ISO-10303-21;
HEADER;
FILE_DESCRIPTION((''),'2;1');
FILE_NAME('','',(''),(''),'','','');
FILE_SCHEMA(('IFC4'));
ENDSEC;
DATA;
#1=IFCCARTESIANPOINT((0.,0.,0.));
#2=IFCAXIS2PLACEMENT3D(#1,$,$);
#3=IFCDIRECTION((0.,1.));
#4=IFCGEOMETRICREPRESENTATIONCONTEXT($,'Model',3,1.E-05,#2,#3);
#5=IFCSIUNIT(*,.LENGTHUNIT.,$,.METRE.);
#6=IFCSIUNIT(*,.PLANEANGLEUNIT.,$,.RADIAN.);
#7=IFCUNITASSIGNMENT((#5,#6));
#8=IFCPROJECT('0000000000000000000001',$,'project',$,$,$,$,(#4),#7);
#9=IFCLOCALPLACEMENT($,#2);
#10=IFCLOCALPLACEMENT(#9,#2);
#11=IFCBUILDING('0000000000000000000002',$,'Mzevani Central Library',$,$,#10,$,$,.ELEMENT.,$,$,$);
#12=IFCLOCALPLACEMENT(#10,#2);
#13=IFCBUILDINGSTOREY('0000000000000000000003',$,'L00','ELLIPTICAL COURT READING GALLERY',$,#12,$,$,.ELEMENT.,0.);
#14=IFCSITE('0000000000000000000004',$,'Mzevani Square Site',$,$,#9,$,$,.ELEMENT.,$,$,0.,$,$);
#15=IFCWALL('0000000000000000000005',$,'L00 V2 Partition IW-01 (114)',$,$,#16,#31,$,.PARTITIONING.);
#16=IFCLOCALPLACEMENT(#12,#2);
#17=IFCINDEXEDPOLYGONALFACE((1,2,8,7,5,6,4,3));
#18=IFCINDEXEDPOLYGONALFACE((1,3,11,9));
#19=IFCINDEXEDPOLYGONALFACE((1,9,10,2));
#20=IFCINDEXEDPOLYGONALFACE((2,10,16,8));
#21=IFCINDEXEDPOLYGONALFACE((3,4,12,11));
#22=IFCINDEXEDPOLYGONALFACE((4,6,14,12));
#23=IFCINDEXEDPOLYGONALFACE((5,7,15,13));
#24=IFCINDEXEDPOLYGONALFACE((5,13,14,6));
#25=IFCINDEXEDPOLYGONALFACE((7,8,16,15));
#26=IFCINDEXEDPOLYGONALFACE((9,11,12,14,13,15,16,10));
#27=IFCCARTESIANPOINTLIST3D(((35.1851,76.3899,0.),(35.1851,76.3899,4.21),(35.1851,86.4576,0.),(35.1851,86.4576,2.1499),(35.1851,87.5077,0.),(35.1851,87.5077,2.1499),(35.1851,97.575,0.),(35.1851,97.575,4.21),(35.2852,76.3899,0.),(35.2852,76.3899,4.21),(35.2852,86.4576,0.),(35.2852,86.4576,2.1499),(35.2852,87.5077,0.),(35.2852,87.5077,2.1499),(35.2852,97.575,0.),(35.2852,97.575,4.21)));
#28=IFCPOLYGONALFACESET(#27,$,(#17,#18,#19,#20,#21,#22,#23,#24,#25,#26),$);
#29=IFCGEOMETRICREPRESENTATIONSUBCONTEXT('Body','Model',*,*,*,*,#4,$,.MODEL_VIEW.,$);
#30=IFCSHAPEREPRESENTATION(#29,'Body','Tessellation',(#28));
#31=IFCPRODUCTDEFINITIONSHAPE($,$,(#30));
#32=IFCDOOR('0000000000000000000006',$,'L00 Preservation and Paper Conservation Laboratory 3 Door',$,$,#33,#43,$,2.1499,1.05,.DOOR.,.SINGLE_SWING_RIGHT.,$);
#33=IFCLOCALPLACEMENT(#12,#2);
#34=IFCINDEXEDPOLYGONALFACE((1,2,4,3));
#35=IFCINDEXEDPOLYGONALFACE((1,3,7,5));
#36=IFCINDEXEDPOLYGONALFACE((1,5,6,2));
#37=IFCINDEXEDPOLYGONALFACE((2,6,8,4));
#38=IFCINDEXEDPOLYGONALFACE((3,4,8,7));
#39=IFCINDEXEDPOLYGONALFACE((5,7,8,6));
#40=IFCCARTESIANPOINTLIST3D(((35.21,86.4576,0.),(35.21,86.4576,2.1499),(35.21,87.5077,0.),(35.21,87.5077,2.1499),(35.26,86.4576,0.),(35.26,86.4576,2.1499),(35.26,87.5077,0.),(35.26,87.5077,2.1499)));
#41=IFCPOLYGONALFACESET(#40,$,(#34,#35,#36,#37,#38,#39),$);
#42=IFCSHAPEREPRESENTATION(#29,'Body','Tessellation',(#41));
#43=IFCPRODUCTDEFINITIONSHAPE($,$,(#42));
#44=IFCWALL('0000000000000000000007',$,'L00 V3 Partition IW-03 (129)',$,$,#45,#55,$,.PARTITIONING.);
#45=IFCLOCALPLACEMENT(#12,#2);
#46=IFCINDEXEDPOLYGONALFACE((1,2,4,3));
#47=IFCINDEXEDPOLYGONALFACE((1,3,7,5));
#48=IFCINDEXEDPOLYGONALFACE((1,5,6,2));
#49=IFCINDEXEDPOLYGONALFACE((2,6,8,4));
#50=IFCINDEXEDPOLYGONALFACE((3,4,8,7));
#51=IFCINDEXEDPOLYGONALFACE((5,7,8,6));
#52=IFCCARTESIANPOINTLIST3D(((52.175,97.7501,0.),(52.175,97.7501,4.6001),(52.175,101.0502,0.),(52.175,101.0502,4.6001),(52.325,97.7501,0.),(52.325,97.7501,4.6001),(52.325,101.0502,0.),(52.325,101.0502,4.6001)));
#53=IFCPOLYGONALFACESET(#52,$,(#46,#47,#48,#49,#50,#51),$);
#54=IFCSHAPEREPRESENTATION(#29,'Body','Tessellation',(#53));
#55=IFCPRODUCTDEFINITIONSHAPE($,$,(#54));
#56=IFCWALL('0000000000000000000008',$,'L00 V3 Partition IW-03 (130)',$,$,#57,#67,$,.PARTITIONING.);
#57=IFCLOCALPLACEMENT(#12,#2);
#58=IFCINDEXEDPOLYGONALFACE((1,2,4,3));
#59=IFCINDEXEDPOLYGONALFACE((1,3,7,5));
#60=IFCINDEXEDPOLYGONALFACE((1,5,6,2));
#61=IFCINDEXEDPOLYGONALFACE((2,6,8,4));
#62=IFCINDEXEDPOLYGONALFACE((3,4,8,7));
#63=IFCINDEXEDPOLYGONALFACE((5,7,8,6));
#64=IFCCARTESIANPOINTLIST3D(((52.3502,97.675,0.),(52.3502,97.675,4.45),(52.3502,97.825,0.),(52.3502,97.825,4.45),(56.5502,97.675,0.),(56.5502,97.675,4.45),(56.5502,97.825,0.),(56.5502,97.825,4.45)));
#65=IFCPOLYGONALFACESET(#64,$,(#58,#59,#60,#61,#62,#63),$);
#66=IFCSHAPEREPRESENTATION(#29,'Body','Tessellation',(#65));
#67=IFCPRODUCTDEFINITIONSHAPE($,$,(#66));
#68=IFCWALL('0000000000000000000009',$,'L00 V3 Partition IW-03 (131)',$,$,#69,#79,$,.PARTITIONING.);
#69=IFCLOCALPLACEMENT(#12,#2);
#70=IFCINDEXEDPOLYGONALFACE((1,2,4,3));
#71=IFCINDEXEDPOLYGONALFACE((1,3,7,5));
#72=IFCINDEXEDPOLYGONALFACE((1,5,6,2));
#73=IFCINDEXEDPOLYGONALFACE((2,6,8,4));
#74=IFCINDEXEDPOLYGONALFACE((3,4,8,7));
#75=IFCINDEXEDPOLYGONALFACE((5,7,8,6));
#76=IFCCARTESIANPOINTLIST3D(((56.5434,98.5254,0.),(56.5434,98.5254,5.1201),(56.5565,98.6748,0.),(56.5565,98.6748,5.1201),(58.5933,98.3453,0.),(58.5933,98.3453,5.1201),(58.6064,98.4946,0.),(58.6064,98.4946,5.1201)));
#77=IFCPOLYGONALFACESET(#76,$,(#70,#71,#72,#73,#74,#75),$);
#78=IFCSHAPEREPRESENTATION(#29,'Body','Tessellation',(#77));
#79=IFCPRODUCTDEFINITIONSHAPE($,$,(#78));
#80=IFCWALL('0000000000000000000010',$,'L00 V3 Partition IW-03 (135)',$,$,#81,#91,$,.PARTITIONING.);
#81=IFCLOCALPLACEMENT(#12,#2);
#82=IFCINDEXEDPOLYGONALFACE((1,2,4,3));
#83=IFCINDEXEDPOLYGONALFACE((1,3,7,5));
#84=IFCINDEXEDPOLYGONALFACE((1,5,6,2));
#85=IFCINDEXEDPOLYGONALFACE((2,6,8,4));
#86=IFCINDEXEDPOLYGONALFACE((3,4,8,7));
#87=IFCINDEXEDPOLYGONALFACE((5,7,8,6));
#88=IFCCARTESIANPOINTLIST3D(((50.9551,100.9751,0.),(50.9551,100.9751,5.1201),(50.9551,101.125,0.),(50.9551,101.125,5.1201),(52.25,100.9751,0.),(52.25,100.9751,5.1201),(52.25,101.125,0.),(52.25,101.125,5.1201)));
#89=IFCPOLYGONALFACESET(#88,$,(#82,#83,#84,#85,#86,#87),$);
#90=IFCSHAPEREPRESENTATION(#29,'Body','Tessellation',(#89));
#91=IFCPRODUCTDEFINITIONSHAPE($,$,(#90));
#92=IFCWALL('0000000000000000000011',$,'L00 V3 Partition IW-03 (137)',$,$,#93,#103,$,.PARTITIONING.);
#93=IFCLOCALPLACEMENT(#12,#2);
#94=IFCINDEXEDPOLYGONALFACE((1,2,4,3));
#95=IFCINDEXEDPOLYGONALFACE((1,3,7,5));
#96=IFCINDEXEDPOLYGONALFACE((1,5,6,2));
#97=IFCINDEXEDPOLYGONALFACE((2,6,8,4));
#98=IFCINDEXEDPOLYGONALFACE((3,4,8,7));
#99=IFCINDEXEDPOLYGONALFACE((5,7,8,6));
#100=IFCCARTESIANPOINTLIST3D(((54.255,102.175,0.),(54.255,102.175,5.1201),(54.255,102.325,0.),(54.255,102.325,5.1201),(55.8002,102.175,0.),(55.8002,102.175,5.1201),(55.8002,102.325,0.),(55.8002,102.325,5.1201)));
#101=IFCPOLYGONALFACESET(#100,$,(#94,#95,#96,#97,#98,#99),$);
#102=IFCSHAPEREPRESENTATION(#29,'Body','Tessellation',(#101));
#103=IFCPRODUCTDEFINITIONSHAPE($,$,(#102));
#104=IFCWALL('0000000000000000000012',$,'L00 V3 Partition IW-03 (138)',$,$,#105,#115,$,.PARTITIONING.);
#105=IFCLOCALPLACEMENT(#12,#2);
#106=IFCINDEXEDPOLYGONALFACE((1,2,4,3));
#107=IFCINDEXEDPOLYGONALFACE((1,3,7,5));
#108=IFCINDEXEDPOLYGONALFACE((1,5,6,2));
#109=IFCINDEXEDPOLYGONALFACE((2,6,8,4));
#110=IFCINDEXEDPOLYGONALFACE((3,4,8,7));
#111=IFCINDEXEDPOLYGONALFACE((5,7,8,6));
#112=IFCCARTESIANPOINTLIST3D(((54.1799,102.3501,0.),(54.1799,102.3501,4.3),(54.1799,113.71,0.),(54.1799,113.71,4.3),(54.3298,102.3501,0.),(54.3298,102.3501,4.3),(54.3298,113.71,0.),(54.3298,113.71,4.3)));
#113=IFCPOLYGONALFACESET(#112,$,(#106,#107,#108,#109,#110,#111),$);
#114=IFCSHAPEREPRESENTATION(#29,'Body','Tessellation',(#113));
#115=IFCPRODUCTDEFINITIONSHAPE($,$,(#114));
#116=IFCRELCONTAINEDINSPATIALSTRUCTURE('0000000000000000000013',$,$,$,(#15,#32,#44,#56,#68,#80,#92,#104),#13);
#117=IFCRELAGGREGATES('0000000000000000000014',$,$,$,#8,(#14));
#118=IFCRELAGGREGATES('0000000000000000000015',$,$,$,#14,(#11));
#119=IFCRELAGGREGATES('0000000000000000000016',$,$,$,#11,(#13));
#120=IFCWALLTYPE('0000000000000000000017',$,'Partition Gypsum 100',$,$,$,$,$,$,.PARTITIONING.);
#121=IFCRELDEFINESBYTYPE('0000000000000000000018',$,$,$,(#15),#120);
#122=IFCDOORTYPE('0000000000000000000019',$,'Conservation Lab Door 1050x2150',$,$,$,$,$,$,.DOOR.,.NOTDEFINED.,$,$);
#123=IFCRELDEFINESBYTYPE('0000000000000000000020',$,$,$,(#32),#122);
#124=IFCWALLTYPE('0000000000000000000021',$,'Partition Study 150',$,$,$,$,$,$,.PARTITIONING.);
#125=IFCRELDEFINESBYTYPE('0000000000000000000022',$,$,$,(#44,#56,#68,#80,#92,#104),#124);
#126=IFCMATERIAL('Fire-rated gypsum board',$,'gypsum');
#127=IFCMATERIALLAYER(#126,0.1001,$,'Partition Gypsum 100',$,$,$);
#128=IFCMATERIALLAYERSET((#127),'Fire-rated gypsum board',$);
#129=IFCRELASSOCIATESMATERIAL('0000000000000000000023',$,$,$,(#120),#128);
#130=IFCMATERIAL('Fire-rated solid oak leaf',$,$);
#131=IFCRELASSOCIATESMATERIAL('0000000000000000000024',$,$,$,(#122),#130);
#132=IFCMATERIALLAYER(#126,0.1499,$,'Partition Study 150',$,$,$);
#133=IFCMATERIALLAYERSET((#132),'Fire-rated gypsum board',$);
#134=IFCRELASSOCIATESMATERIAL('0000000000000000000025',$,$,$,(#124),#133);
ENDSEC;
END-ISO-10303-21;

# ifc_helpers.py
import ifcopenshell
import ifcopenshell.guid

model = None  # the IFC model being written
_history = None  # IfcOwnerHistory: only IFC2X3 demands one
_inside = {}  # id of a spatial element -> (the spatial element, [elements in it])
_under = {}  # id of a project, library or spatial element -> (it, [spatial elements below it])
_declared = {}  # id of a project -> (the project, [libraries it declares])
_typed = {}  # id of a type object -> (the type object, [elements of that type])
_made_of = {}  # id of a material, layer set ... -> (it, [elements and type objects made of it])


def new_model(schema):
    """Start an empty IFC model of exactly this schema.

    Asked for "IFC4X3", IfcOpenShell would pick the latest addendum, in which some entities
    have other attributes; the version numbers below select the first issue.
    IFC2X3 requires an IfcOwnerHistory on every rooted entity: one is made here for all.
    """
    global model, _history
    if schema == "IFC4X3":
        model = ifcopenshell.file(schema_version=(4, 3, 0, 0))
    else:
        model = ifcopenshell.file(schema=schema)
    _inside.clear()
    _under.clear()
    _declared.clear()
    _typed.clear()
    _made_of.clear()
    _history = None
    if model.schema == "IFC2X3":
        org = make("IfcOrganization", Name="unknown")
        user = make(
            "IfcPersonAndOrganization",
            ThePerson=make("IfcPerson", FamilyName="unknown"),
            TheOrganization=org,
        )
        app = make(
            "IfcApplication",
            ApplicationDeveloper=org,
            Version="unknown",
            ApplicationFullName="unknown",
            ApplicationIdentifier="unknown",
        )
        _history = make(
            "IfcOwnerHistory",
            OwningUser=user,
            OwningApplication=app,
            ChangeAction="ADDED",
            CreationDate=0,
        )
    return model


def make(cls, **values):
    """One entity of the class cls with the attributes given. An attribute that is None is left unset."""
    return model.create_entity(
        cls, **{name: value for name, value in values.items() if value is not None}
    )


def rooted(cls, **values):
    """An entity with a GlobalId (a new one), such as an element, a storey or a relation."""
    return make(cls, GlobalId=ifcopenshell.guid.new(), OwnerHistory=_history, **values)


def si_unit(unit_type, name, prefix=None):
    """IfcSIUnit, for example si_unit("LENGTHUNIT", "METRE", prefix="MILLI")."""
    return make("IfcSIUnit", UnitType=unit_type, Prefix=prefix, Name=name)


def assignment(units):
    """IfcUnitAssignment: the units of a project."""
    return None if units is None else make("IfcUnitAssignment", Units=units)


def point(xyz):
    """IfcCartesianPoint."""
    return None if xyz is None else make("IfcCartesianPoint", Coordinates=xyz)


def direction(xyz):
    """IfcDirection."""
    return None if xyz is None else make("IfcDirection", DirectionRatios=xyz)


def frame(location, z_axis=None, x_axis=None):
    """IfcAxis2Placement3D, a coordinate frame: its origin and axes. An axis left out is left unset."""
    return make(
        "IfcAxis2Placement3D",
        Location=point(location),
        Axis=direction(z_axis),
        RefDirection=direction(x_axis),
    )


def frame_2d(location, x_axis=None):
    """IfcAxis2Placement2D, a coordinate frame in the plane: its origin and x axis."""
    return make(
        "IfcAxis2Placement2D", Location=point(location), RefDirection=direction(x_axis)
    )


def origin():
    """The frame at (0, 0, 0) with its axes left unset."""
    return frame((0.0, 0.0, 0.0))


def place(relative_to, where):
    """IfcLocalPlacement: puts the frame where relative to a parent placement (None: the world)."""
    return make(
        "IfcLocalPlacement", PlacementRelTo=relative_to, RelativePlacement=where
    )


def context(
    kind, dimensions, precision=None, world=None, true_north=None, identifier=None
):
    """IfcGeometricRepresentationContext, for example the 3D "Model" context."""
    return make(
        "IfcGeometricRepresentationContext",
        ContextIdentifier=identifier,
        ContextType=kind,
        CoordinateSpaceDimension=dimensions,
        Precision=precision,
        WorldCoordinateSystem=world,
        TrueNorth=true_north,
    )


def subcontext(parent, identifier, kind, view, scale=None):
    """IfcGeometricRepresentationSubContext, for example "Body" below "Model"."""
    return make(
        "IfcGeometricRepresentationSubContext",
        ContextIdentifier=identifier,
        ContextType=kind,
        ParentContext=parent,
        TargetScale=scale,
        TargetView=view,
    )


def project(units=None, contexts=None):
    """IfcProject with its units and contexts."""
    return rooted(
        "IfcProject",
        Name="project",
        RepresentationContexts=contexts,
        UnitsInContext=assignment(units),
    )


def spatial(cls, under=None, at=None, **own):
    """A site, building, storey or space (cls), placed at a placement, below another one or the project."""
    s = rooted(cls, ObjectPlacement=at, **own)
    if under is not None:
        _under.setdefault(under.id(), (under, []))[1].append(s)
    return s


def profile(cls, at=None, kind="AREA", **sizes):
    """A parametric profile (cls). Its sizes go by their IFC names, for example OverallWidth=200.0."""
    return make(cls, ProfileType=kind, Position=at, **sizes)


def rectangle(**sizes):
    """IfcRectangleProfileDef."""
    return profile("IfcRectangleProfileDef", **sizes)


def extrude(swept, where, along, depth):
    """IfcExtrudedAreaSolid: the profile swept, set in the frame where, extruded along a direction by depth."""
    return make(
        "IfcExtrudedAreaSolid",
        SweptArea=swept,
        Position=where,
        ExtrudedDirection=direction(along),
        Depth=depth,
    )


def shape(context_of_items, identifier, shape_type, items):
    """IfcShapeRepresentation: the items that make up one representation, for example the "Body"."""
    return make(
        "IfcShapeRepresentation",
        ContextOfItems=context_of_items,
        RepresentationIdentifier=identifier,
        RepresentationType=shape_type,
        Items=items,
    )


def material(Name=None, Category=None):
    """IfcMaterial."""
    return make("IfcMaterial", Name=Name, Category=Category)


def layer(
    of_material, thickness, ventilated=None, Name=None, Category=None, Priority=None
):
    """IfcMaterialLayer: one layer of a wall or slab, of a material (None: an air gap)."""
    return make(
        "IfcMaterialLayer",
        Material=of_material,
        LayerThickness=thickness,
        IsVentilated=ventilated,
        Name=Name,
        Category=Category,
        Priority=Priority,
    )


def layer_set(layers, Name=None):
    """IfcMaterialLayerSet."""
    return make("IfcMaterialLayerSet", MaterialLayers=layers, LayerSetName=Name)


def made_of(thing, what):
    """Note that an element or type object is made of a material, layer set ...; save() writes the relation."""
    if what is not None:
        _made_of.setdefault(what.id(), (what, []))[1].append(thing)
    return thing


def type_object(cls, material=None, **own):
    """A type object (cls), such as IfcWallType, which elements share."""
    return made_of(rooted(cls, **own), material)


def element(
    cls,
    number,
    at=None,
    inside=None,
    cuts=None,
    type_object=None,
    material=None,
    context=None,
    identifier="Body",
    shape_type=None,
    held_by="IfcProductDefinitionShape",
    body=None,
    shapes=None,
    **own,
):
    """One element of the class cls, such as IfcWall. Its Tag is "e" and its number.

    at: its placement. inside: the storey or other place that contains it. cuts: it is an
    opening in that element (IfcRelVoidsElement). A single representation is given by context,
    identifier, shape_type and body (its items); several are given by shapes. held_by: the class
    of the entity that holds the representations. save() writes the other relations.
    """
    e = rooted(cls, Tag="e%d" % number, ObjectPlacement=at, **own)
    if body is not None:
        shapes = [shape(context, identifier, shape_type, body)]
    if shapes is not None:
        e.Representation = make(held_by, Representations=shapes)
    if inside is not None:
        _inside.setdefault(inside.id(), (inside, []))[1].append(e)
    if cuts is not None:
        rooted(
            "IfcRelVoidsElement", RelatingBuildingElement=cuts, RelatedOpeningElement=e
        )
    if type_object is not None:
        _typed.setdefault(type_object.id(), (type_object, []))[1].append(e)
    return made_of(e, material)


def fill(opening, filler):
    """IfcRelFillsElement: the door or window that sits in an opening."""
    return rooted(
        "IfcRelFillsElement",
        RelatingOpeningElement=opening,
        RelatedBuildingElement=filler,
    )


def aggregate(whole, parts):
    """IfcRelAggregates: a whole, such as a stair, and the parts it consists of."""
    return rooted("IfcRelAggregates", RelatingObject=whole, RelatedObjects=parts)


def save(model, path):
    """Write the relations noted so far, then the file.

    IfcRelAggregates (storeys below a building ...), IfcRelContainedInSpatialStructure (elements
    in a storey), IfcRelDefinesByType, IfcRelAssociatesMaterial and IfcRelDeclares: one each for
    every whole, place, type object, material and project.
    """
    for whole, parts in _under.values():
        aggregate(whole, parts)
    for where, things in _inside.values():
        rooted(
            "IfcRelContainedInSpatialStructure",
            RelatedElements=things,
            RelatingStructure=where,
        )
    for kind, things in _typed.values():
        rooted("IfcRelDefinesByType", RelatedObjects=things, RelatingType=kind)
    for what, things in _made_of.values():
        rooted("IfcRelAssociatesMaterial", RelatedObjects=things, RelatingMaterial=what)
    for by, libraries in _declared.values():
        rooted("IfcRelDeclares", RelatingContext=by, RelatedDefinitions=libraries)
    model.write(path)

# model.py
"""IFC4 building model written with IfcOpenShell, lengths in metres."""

from ifc_helpers import new_model, si_unit, direction, frame, frame_2d, origin, place, context, subcontext, project, spatial, rectangle, extrude, material, layer, layer_set, type_object, element, fill, save


model = new_model("IFC4")

# Units and contexts
model_context = context("Model", 3, precision=1e-05, world=origin(), true_north=direction((0.0, 1.0)))
body_context = subcontext(model_context, "Body", "Model", "MODEL_VIEW")
ifc_project = project(units=[si_unit("LENGTHUNIT", "METRE"), si_unit("PLANEANGLEUNIT", "RADIAN")], contexts=[model_context])

# Site, building, storey
site_placement = place(None, origin())
site = spatial("IfcSite", under=ifc_project, at=site_placement, Name="Mzevani Square Site", CompositionType="ELEMENT", RefElevation=0.0)
building_placement = place(site_placement, origin())
building = spatial("IfcBuilding", under=site, at=building_placement, Name="Mzevani Central Library", CompositionType="ELEMENT")
storey_placement = place(building_placement, origin())
storey = spatial("IfcBuildingStorey", under=building, at=storey_placement, Name="L00", Description="ELLIPTICAL COURT READING GALLERY", CompositionType="ELEMENT", Elevation=0.0)

# Shared definitions
ifc_material_1 = material(Name="Fire-rated gypsum board", Category="gypsum")
ifc_layer_1 = layer(ifc_material_1, 0.1001, Name="Partition Gypsum 100")
ifc_layer_set_1 = layer_set([ifc_layer_1], Name="Fire-rated gypsum board")
wall_type_1 = type_object("IfcWallType", Name="Partition Gypsum 100", PredefinedType="PARTITIONING", material=ifc_layer_set_1)

# Wall, opening, door
wall_1_placement = place(storey_placement, frame((35.2351, 97.575, 0.0), z_axis=(0.0, 0.0, 1.0), x_axis=(0.0, -1.0, 0.0)))
wall_1 = element("IfcWall", 1, at=wall_1_placement, inside=storey, type_object=wall_type_1, Name="L00 V2 Partition IW-01 (114)", PredefinedType="PARTITIONING", context=body_context, shape_type="SweptSolid", body=[
    extrude(rectangle(XDim=21.1851, YDim=0.1001, at=frame_2d((10.5925, 0.0))), origin(), (0.0, 0.0, 1.0), 4.21),
])
opening_1_placement = place(wall_1_placement, frame((10.0674, 0.0, 0.0)))
opening_1 = element("IfcOpeningElement", 2, at=opening_1_placement, cuts=wall_1, PredefinedType="OPENING", context=body_context, shape_type="SweptSolid", body=[
    extrude(rectangle(XDim=1.05, YDim=2.1499, at=frame_2d((0.5249, 1.075))), frame((0.0, 0.0601, 0.0), z_axis=(0.0, -1.0, 0.0), x_axis=(1.0, 0.0, 0.0)), (0.0, 0.0, 1.0), 0.1201),
])
ifc_material_2 = material(Name="Fire-rated solid oak leaf")
door_type_1 = type_object("IfcDoorType", Name="Conservation Lab Door 1050x2150", OperationType="NOTDEFINED", PredefinedType="DOOR", material=ifc_material_2)
door_1_placement = place(opening_1_placement, origin())
door_1 = element("IfcDoor", 3, at=door_1_placement, inside=storey, type_object=door_type_1, Name="L00 Preservation and Paper Conservation Laboratory 3 Door", OperationType="SINGLE_SWING_RIGHT", OverallHeight=2.1499, OverallWidth=1.05, PredefinedType="DOOR", context=body_context, shape_type="SweptSolid", body=[
    extrude(rectangle(XDim=1.05, YDim=2.1499, at=frame_2d((0.5249, 1.075))), frame((0.0, 0.0249, 0.0), z_axis=(0.0, -1.0, 0.0), x_axis=(1.0, 0.0, 0.0)), (0.0, 0.0, 1.0), 0.05),
])
fill(opening_1, door_1)

# Walls
ifc_layer_2 = layer(ifc_material_1, 0.1499, Name="Partition Study 150")
ifc_layer_set_2 = layer_set([ifc_layer_2], Name="Fire-rated gypsum board")
wall_type_2 = type_object("IfcWallType", Name="Partition Study 150", PredefinedType="PARTITIONING", material=ifc_layer_set_2)
wall_2_placement = place(storey_placement, frame((52.25, 101.05, 0.0), z_axis=(0.0, 0.0, 1.0), x_axis=(0.0, -1.0, 0.0)))
element("IfcWall", 4, at=wall_2_placement, inside=storey, type_object=wall_type_2, Name="L00 V3 Partition IW-03 (129)", PredefinedType="PARTITIONING", context=body_context, shape_type="SweptSolid", body=[
    extrude(rectangle(XDim=3.3, YDim=0.1499, at=frame_2d((1.6499, 0.0))), origin(), (0.0, 0.0, 1.0), 4.6001),
])
wall_3_placement = place(storey_placement, frame((52.3501, 97.75, 0.0), z_axis=(0.0, 0.0, 1.0), x_axis=(1.0, 0.0, 0.0)))
element("IfcWall", 5, at=wall_3_placement, inside=storey, type_object=wall_type_2, Name="L00 V3 Partition IW-03 (130)", PredefinedType="PARTITIONING", context=body_context, shape_type="SweptSolid", body=[
    extrude(rectangle(XDim=4.2, YDim=0.1499, at=frame_2d((2.1001, 0.0))), origin(), (0.0, 0.0, 1.0), 4.45),
])
wall_4_placement = place(storey_placement, frame((56.55, 98.6001, 0.0), z_axis=(0.0, 0.0, 1.0), x_axis=(0.99616, -0.087551, 0.0)))
element("IfcWall", 6, at=wall_4_placement, inside=storey, type_object=wall_type_2, Name="L00 V3 Partition IW-03 (131)", PredefinedType="PARTITIONING", context=body_context, shape_type="SweptSolid", body=[
    extrude(rectangle(XDim=2.0579, YDim=0.1499, at=frame_2d((1.0288, 0.0))), origin(), (0.0, 0.0, 1.0), 5.1201),
])
wall_5_placement = place(storey_placement, frame((50.9551, 101.05, 0.0), z_axis=(0.0, 0.0, 1.0), x_axis=(1.0, 0.0, 0.0)))
element("IfcWall", 7, at=wall_5_placement, inside=storey, type_object=wall_type_2, Name="L00 V3 Partition IW-03 (135)", PredefinedType="PARTITIONING", context=body_context, shape_type="SweptSolid", body=[
    extrude(rectangle(XDim=1.2949, YDim=0.1499, at=frame_2d((0.6475, 0.0))), origin(), (0.0, 0.0, 1.0), 5.1201),
])
wall_6_placement = place(storey_placement, frame((55.8, 102.25, 0.0), z_axis=(0.0, 0.0, 1.0), x_axis=(-1.0, 0.0, 0.0)))
element("IfcWall", 8, at=wall_6_placement, inside=storey, type_object=wall_type_2, Name="L00 V3 Partition IW-03 (137)", PredefinedType="PARTITIONING", context=body_context, shape_type="SweptSolid", body=[
    extrude(rectangle(XDim=1.5452, YDim=0.1499, at=frame_2d((0.7725, 0.0))), origin(), (0.0, 0.0, 1.0), 5.1201),
])
wall_7_placement = place(storey_placement, frame((54.2549, 102.3501, 0.0), z_axis=(0.0, 0.0, 1.0), x_axis=(0.0, 1.0, 0.0)))
element("IfcWall", 9, at=wall_7_placement, inside=storey, type_object=wall_type_2, Name="L00 V3 Partition IW-03 (138)", PredefinedType="PARTITIONING", context=body_context, shape_type="SweptSolid", body=[
    extrude(rectangle(XDim=11.3599, YDim=0.1499, at=frame_2d((5.6799, 0.0))), origin(), (0.0, 0.0, 1.0), 4.3),
])

save(model, "model.ifc")
